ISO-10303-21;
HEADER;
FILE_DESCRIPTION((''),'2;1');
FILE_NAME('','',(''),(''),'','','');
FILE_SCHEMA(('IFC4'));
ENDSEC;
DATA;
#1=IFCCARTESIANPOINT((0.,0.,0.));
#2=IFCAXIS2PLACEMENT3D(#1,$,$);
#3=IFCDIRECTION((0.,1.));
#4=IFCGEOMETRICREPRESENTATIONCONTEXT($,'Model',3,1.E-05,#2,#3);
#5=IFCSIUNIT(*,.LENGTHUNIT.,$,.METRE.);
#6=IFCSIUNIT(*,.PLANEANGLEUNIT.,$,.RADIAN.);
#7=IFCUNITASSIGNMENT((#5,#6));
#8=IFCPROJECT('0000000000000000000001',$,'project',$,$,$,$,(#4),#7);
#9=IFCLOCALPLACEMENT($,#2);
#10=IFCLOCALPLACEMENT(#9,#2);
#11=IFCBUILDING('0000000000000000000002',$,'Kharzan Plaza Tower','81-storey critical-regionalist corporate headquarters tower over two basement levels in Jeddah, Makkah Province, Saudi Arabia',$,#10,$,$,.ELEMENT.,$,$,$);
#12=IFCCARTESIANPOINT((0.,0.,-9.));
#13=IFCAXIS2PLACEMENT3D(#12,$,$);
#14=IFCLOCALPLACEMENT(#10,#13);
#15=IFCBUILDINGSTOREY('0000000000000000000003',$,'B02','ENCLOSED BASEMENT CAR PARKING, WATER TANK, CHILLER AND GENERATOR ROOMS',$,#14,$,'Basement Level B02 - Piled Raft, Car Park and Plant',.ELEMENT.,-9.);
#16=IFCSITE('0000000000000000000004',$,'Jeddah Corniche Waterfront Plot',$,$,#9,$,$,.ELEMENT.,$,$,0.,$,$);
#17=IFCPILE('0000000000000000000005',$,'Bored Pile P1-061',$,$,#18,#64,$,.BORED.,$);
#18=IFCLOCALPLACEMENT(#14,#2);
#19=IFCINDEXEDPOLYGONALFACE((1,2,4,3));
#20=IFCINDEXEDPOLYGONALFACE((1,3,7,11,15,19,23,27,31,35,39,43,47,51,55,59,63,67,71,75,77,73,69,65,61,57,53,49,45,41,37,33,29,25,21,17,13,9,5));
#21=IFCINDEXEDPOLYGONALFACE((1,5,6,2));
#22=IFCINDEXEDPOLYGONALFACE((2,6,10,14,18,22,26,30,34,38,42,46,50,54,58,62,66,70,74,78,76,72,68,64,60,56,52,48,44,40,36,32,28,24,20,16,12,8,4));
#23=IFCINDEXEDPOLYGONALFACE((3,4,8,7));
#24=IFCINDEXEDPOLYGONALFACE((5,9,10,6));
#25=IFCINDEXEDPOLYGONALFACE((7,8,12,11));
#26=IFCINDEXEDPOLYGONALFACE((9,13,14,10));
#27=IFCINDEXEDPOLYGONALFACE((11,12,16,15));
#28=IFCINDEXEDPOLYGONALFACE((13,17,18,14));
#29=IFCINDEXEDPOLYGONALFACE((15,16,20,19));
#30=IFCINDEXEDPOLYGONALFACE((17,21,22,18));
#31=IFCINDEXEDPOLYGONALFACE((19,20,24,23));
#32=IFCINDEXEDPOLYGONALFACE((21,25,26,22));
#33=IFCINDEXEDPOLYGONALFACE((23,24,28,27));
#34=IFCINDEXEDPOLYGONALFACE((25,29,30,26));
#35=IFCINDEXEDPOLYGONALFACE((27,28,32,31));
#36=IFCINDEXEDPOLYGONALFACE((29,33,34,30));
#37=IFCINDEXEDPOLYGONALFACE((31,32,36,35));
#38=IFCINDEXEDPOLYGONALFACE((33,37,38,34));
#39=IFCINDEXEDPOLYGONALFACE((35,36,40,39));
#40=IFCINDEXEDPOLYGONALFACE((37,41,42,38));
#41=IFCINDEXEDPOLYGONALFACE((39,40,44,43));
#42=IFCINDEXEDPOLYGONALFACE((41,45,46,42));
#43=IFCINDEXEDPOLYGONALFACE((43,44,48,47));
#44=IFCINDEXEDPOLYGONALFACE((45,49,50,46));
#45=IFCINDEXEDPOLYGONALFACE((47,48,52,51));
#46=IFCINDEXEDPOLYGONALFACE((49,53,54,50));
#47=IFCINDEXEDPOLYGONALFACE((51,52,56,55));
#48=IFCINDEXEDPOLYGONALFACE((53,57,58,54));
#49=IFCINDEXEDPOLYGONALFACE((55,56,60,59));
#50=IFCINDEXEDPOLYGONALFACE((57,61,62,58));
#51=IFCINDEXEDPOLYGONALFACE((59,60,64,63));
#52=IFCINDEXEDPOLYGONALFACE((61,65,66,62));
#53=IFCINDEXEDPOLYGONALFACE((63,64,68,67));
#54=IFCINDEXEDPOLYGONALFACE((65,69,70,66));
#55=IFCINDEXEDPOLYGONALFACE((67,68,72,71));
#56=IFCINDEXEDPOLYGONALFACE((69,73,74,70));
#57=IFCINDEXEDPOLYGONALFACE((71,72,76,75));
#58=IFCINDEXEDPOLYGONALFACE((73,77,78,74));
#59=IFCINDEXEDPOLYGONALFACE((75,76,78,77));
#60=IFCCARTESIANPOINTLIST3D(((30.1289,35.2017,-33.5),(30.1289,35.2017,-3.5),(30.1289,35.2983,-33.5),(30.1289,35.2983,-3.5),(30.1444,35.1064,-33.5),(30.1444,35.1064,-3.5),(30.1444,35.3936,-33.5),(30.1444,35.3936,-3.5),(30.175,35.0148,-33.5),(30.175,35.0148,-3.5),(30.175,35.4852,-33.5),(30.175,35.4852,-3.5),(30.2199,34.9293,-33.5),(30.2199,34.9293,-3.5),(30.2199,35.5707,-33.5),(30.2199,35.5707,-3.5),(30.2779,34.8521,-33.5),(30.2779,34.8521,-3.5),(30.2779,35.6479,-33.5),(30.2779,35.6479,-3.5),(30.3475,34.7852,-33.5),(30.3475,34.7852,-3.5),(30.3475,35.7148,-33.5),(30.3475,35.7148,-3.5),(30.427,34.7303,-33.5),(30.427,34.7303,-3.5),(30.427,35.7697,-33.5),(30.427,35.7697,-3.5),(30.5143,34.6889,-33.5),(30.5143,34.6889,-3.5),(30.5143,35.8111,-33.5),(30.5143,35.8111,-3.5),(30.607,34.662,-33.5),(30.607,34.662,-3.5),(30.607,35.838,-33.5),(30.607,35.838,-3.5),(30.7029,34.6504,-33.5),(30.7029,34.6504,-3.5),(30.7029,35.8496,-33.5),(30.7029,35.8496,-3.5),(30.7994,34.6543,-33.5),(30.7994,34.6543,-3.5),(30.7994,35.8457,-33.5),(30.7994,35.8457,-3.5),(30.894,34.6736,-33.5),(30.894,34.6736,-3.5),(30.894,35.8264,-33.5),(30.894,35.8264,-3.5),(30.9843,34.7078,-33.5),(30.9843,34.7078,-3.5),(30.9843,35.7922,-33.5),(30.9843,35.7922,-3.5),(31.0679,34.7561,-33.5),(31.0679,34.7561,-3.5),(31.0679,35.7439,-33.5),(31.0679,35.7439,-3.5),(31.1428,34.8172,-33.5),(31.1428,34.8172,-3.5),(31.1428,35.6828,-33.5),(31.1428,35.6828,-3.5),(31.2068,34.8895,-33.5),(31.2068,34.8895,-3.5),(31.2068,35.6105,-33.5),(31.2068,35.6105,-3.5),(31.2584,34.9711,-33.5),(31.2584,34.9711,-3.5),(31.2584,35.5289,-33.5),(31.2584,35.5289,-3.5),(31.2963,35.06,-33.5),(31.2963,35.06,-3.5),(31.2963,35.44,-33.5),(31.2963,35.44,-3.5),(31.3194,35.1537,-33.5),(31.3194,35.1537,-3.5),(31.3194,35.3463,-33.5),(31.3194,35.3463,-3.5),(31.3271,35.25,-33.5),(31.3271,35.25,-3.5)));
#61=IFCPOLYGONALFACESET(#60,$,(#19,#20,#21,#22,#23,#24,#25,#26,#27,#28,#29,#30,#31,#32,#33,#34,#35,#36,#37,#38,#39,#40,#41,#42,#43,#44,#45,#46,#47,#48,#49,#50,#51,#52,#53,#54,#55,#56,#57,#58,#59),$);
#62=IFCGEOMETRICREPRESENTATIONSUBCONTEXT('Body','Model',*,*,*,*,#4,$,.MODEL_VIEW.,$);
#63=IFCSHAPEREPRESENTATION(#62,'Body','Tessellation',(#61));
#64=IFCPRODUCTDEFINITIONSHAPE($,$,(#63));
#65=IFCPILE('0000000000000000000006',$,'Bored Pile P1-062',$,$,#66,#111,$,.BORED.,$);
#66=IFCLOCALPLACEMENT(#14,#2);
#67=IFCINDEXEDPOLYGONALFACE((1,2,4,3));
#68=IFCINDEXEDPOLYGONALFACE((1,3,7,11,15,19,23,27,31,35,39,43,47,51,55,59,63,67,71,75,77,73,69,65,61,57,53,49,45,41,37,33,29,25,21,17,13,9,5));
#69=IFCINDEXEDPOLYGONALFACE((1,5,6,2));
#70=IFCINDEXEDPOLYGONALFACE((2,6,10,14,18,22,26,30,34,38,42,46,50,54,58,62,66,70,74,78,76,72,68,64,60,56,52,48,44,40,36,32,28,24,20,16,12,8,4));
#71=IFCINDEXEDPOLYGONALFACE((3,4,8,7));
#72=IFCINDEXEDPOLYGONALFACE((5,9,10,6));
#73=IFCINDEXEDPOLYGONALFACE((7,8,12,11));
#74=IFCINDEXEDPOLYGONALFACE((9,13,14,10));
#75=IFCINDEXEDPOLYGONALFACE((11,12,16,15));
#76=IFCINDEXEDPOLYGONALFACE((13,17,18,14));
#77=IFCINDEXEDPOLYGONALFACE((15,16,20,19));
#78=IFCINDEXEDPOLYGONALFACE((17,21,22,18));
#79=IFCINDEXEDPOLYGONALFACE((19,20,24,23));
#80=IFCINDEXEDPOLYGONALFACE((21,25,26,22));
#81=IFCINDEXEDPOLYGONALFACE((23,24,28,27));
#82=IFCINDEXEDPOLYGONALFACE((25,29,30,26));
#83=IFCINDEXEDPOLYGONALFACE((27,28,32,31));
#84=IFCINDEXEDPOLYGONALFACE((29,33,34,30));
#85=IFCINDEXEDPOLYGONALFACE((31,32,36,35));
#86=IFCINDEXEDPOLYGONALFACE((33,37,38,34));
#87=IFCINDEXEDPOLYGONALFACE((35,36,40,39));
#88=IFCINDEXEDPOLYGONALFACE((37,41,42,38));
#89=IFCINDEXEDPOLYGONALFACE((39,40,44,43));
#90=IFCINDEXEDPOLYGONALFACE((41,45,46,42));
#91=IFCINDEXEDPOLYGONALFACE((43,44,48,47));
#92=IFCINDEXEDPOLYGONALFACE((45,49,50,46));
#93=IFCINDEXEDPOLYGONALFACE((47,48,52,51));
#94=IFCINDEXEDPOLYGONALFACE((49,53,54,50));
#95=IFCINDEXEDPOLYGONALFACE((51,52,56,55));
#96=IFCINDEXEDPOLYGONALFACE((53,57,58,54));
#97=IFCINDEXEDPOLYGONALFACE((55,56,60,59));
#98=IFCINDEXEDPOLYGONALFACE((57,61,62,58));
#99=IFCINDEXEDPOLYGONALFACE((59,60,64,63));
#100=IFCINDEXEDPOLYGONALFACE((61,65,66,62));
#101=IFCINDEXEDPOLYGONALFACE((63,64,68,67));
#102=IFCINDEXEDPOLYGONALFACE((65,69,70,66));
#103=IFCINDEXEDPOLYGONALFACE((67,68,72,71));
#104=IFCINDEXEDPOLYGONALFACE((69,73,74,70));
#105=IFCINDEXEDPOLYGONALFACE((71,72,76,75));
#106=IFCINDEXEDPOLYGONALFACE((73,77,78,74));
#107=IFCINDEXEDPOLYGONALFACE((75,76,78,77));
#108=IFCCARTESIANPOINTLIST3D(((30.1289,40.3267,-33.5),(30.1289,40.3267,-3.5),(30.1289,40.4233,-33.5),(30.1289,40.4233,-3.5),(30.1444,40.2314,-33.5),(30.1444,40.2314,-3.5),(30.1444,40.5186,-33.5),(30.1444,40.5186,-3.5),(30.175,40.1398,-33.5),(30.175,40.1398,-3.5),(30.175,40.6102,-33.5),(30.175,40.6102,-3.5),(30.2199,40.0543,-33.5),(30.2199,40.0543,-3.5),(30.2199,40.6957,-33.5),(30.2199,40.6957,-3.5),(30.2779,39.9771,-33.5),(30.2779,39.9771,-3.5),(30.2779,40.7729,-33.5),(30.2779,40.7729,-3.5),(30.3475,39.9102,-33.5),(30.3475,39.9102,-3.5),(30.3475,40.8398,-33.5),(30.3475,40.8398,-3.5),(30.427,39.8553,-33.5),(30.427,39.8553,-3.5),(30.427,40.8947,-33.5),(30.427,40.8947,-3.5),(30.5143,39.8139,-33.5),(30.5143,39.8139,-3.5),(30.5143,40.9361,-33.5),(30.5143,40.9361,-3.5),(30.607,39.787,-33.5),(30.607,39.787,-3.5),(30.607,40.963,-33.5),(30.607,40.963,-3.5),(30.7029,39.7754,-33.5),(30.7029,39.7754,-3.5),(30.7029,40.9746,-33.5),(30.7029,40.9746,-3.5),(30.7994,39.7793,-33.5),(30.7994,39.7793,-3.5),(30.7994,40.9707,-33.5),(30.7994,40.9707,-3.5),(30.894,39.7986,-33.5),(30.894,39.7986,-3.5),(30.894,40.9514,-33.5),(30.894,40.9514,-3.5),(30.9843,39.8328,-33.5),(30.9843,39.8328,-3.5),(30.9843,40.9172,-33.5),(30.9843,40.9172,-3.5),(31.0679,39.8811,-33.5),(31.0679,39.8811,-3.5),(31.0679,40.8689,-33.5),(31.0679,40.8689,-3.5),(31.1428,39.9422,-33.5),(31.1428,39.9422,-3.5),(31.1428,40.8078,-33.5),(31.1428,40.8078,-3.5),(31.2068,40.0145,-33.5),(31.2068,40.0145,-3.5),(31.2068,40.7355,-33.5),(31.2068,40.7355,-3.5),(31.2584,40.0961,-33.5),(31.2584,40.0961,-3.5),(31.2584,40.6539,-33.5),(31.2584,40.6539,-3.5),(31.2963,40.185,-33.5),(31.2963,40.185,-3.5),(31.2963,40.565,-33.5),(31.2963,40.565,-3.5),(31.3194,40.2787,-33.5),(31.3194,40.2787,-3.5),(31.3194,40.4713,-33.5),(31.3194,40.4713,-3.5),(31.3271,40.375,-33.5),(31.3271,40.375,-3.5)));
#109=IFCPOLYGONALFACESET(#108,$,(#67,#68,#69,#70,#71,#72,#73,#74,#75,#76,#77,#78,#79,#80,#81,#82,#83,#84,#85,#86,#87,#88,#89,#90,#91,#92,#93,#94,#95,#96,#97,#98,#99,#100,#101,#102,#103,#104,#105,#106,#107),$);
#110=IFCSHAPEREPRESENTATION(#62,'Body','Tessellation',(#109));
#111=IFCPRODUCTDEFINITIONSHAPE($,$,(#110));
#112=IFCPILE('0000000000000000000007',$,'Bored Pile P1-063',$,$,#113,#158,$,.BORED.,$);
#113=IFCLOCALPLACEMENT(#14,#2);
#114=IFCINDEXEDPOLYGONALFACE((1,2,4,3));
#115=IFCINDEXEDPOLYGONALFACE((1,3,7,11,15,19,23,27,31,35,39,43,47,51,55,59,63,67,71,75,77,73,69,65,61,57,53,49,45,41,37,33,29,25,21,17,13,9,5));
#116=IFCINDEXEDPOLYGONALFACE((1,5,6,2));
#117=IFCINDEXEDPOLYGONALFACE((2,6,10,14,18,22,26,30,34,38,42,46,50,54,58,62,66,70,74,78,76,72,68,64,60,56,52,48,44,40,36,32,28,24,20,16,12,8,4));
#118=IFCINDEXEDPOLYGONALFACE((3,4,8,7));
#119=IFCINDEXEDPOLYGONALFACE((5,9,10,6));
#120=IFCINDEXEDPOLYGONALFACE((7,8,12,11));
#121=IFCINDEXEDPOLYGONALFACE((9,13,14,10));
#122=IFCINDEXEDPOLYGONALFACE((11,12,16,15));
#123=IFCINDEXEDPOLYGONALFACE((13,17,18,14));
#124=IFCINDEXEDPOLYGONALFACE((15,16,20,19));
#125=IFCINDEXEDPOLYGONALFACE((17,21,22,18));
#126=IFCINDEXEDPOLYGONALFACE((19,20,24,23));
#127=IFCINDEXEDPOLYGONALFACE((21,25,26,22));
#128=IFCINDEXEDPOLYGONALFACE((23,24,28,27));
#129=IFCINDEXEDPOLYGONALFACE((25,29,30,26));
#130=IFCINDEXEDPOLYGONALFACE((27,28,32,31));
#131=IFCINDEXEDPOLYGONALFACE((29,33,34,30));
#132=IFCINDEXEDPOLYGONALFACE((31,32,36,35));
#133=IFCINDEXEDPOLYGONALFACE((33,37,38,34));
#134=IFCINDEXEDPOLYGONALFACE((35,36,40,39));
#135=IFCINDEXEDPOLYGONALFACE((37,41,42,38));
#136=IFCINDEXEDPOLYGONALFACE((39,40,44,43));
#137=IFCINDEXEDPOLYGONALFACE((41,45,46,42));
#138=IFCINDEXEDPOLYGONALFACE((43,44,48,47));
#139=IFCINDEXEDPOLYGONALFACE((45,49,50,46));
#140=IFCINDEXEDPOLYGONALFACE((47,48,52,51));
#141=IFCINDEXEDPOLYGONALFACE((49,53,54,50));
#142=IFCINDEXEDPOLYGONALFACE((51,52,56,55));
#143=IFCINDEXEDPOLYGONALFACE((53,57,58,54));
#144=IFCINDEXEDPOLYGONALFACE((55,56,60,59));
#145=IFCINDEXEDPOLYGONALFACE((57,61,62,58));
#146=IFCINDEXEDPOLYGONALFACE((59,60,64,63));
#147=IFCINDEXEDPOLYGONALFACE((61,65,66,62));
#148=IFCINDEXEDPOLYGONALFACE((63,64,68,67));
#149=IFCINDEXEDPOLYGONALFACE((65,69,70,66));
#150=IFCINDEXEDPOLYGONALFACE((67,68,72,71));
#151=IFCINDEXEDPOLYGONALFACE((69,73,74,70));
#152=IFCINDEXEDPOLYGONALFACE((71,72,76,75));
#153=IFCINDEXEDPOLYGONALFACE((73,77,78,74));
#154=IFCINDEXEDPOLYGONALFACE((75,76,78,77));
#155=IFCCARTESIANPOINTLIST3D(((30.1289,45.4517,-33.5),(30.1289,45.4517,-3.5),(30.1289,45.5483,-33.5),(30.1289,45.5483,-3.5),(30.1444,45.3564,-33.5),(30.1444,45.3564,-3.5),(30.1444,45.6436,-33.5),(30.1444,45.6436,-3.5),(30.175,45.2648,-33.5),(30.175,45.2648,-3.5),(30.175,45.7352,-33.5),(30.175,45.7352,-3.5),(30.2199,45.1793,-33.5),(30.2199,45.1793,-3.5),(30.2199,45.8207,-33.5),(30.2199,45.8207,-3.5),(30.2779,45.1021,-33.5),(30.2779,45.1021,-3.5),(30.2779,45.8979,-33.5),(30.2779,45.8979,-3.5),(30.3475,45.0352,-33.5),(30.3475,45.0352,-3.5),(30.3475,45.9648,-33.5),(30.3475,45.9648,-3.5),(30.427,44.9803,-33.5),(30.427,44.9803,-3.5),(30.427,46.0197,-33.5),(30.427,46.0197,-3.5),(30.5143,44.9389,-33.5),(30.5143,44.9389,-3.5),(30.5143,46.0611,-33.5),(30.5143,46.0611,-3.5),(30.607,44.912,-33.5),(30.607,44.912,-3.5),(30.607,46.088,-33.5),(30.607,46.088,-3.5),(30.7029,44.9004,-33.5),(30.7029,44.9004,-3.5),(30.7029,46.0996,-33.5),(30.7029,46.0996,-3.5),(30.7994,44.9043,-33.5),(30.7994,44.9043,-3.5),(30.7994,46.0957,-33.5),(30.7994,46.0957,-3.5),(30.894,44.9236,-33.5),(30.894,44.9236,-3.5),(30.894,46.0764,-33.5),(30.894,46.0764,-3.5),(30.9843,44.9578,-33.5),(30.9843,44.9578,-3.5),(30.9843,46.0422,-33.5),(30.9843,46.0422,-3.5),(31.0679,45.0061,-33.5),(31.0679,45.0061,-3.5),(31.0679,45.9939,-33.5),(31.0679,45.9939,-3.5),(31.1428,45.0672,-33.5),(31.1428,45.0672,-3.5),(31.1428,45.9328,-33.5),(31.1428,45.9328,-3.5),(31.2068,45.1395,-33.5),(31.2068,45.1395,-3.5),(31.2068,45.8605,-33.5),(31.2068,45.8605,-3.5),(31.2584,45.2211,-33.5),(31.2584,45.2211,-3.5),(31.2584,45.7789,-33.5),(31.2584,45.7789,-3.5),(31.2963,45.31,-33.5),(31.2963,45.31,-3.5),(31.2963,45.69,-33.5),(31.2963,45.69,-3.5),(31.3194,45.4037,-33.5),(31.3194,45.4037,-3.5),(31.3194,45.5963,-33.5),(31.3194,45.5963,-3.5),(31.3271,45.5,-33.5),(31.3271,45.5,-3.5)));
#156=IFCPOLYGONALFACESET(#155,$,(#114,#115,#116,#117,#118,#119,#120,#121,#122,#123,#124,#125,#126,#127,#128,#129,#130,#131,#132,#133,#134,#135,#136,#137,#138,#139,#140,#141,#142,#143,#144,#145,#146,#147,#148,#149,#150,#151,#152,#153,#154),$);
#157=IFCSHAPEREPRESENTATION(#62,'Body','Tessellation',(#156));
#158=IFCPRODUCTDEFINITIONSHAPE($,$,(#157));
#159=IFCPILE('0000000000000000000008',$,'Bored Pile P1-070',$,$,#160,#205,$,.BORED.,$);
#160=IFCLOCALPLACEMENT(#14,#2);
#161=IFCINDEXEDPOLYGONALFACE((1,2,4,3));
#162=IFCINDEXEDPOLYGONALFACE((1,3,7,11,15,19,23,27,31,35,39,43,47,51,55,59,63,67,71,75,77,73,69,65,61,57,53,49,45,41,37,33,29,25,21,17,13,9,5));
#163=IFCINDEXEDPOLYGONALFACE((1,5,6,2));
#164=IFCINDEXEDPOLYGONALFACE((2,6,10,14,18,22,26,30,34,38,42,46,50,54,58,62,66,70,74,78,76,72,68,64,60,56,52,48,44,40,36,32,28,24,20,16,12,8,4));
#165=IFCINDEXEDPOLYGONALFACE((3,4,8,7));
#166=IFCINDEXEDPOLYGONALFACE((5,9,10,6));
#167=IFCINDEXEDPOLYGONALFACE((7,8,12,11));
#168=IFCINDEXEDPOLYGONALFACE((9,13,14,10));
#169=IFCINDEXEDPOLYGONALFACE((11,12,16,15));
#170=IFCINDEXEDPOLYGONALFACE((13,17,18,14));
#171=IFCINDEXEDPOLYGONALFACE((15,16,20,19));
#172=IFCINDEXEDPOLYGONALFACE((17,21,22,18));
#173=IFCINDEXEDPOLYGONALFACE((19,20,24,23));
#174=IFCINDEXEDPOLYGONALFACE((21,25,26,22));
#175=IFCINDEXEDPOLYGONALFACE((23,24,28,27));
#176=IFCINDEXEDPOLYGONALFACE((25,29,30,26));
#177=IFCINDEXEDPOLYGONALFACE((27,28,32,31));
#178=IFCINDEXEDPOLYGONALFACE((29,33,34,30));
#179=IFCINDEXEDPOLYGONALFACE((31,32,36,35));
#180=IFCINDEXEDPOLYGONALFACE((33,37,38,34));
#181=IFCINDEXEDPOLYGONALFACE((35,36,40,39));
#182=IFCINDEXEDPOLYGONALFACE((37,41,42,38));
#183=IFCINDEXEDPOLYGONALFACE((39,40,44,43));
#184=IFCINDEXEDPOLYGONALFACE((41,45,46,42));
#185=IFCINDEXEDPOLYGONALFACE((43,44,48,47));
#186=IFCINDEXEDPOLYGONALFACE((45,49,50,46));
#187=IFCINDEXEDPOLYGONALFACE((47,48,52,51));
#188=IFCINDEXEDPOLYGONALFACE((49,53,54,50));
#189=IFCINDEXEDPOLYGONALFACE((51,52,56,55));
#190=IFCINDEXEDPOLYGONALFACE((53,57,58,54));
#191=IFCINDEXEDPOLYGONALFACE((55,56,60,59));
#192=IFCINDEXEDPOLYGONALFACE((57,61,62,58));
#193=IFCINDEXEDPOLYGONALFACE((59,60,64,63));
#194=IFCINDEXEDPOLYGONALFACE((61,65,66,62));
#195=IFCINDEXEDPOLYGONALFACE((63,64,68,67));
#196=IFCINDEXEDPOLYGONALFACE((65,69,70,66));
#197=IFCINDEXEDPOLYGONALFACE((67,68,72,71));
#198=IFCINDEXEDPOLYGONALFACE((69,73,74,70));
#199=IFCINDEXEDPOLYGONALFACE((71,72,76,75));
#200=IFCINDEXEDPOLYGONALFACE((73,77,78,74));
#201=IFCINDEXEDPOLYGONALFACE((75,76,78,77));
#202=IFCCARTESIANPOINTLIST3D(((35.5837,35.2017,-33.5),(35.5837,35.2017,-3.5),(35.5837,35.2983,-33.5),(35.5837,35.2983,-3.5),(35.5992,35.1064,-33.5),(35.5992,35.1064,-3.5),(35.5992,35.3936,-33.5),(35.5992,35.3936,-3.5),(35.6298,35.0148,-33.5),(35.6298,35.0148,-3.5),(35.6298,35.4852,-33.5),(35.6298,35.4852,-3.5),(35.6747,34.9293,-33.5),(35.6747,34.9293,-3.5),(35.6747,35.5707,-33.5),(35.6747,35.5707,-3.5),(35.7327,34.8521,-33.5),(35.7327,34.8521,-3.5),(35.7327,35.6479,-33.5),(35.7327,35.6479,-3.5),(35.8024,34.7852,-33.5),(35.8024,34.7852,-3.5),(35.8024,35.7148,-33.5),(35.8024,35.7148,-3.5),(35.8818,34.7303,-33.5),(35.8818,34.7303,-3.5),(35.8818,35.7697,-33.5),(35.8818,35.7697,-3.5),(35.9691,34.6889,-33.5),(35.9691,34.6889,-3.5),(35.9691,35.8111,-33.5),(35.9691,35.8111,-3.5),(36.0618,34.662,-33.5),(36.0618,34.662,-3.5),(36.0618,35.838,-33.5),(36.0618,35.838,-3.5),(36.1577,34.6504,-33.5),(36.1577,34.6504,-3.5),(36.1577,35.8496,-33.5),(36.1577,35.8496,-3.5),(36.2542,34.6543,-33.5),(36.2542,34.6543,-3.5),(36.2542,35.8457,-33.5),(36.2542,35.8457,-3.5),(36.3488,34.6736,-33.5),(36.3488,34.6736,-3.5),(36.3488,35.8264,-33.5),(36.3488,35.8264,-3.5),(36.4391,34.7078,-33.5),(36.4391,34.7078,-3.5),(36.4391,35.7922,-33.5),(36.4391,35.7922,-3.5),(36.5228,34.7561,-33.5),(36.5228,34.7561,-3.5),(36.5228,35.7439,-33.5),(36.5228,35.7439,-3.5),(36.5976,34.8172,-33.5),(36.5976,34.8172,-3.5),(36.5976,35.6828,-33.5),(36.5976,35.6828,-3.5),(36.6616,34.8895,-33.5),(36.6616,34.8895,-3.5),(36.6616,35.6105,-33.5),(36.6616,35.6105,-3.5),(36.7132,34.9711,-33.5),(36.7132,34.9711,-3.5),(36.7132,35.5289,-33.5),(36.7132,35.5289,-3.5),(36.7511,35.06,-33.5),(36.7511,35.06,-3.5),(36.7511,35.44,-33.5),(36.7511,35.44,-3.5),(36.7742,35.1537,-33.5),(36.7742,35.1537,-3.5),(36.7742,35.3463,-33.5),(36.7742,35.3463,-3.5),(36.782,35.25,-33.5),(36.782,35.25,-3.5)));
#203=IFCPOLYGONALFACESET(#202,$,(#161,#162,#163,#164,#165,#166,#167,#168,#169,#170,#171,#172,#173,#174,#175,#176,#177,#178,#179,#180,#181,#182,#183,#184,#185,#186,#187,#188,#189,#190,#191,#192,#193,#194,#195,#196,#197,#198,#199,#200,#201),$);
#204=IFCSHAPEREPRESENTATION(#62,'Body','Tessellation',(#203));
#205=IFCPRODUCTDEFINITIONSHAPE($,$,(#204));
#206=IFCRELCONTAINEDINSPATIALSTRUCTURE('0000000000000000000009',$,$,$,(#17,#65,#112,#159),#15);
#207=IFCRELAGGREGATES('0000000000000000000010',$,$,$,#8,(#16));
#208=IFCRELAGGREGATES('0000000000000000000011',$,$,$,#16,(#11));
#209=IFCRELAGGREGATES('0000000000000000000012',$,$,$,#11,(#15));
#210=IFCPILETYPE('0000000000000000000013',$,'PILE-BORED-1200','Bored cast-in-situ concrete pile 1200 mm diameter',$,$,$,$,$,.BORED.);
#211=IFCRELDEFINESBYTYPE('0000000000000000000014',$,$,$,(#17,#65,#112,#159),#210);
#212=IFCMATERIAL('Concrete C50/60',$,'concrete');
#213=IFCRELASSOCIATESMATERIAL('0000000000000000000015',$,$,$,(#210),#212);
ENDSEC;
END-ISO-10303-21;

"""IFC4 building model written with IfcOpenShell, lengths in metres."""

from ifc_helpers import new_model, si_unit, direction, frame, origin, origin_2d, place, context, subcontext, project, spatial, circle, extrude, source, transform, mapped, material, material_profile, profile_set, type_object, element, save


model = new_model("IFC4")

# Units and contexts
model_context = context("Model", 3, precision=1e-05, world=origin(), true_north=direction((0.0, 1.0)))
body_context = subcontext(model_context, "Body", "Model", "MODEL_VIEW")
ifc_project = project(units=[si_unit("LENGTHUNIT", "METRE"), si_unit("PLANEANGLEUNIT", "RADIAN")], contexts=[model_context])

# Site, building, storey
site_placement = place(None, origin())
site = spatial("IfcSite", under=ifc_project, at=site_placement, Name="Jeddah Corniche Waterfront Plot", CompositionType="ELEMENT", RefElevation=0.0)
building_placement = place(site_placement, origin())
building = spatial("IfcBuilding", under=site, at=building_placement, Name="Kharzan Plaza Tower", Description="81-storey critical-regionalist corporate headquarters tower over two basement levels in Jeddah, Makkah Province, Saudi Arabia", CompositionType="ELEMENT")
storey_placement = place(building_placement, frame((0.0, 0.0, -9.0)))
storey = spatial("IfcBuildingStorey", under=building, at=storey_placement, Name="B02", Description="ENCLOSED BASEMENT CAR PARKING, WATER TANK, CHILLER AND GENERATOR ROOMS", LongName="Basement Level B02 - Piled Raft, Car Park and Plant", CompositionType="ELEMENT", Elevation=-9.0)

# Piles
ifc_material_1 = material(Name="Concrete C50/60", Category="concrete")
ifc_material_profile_1 = material_profile(ifc_material_1, circle(Radius=0.6001, at=origin_2d()), Name="PILE-D1200")
ifc_profile_set_1 = profile_set([ifc_material_profile_1], Name="Concrete C50/60")
pile_type = type_object("IfcPileType", Name="PILE-BORED-1200", Description="Bored cast-in-situ concrete pile 1200 mm diameter", PredefinedType="BORED", material=ifc_profile_set_1)
shared_shape_1 = source(origin(), body_context, "Body", "SweptSolid", [
    extrude(circle(Radius=0.6001, at=origin_2d()), origin(), (0.0, 0.0, 1.0), 30.0),
])
for number, where, z_axis, x_axis, name in (
    (1, (30.7271, 35.25, -3.5), (0.0, 0.0, -1.0), (1.0, 0.0, 0.0), "Bored Pile P1-061"),
    (2, (30.7271, 40.375, -3.5), (0.0, 0.0, -1.0), (1.0, 0.0, 0.0), "Bored Pile P1-062"),
    (3, (30.7271, 45.5, -3.5), (0.0, 0.0, -1.0), (1.0, 0.0, 0.0), "Bored Pile P1-063"),
    (4, (36.1819, 35.25, -3.5), (0.0, 0.0, -1.0), (1.0, 0.0, 0.0), "Bored Pile P1-070"),
):
    element("IfcPile", number, at=place(storey_placement, frame(where, z_axis=z_axis, x_axis=x_axis)), inside=storey, type_object=pile_type, Name=name, PredefinedType="BORED", context=body_context, shape_type="MappedRepresentation", body=[
        mapped(shared_shape_1, transform((0.0, 0.0, 0.0), x_axis=(1.0, 0.0, 0.0), y_axis=(0.0, 1.0, 0.0), z_axis=(0.0, 0.0, 1.0))),
    ])

save(model, "model.ifc")
